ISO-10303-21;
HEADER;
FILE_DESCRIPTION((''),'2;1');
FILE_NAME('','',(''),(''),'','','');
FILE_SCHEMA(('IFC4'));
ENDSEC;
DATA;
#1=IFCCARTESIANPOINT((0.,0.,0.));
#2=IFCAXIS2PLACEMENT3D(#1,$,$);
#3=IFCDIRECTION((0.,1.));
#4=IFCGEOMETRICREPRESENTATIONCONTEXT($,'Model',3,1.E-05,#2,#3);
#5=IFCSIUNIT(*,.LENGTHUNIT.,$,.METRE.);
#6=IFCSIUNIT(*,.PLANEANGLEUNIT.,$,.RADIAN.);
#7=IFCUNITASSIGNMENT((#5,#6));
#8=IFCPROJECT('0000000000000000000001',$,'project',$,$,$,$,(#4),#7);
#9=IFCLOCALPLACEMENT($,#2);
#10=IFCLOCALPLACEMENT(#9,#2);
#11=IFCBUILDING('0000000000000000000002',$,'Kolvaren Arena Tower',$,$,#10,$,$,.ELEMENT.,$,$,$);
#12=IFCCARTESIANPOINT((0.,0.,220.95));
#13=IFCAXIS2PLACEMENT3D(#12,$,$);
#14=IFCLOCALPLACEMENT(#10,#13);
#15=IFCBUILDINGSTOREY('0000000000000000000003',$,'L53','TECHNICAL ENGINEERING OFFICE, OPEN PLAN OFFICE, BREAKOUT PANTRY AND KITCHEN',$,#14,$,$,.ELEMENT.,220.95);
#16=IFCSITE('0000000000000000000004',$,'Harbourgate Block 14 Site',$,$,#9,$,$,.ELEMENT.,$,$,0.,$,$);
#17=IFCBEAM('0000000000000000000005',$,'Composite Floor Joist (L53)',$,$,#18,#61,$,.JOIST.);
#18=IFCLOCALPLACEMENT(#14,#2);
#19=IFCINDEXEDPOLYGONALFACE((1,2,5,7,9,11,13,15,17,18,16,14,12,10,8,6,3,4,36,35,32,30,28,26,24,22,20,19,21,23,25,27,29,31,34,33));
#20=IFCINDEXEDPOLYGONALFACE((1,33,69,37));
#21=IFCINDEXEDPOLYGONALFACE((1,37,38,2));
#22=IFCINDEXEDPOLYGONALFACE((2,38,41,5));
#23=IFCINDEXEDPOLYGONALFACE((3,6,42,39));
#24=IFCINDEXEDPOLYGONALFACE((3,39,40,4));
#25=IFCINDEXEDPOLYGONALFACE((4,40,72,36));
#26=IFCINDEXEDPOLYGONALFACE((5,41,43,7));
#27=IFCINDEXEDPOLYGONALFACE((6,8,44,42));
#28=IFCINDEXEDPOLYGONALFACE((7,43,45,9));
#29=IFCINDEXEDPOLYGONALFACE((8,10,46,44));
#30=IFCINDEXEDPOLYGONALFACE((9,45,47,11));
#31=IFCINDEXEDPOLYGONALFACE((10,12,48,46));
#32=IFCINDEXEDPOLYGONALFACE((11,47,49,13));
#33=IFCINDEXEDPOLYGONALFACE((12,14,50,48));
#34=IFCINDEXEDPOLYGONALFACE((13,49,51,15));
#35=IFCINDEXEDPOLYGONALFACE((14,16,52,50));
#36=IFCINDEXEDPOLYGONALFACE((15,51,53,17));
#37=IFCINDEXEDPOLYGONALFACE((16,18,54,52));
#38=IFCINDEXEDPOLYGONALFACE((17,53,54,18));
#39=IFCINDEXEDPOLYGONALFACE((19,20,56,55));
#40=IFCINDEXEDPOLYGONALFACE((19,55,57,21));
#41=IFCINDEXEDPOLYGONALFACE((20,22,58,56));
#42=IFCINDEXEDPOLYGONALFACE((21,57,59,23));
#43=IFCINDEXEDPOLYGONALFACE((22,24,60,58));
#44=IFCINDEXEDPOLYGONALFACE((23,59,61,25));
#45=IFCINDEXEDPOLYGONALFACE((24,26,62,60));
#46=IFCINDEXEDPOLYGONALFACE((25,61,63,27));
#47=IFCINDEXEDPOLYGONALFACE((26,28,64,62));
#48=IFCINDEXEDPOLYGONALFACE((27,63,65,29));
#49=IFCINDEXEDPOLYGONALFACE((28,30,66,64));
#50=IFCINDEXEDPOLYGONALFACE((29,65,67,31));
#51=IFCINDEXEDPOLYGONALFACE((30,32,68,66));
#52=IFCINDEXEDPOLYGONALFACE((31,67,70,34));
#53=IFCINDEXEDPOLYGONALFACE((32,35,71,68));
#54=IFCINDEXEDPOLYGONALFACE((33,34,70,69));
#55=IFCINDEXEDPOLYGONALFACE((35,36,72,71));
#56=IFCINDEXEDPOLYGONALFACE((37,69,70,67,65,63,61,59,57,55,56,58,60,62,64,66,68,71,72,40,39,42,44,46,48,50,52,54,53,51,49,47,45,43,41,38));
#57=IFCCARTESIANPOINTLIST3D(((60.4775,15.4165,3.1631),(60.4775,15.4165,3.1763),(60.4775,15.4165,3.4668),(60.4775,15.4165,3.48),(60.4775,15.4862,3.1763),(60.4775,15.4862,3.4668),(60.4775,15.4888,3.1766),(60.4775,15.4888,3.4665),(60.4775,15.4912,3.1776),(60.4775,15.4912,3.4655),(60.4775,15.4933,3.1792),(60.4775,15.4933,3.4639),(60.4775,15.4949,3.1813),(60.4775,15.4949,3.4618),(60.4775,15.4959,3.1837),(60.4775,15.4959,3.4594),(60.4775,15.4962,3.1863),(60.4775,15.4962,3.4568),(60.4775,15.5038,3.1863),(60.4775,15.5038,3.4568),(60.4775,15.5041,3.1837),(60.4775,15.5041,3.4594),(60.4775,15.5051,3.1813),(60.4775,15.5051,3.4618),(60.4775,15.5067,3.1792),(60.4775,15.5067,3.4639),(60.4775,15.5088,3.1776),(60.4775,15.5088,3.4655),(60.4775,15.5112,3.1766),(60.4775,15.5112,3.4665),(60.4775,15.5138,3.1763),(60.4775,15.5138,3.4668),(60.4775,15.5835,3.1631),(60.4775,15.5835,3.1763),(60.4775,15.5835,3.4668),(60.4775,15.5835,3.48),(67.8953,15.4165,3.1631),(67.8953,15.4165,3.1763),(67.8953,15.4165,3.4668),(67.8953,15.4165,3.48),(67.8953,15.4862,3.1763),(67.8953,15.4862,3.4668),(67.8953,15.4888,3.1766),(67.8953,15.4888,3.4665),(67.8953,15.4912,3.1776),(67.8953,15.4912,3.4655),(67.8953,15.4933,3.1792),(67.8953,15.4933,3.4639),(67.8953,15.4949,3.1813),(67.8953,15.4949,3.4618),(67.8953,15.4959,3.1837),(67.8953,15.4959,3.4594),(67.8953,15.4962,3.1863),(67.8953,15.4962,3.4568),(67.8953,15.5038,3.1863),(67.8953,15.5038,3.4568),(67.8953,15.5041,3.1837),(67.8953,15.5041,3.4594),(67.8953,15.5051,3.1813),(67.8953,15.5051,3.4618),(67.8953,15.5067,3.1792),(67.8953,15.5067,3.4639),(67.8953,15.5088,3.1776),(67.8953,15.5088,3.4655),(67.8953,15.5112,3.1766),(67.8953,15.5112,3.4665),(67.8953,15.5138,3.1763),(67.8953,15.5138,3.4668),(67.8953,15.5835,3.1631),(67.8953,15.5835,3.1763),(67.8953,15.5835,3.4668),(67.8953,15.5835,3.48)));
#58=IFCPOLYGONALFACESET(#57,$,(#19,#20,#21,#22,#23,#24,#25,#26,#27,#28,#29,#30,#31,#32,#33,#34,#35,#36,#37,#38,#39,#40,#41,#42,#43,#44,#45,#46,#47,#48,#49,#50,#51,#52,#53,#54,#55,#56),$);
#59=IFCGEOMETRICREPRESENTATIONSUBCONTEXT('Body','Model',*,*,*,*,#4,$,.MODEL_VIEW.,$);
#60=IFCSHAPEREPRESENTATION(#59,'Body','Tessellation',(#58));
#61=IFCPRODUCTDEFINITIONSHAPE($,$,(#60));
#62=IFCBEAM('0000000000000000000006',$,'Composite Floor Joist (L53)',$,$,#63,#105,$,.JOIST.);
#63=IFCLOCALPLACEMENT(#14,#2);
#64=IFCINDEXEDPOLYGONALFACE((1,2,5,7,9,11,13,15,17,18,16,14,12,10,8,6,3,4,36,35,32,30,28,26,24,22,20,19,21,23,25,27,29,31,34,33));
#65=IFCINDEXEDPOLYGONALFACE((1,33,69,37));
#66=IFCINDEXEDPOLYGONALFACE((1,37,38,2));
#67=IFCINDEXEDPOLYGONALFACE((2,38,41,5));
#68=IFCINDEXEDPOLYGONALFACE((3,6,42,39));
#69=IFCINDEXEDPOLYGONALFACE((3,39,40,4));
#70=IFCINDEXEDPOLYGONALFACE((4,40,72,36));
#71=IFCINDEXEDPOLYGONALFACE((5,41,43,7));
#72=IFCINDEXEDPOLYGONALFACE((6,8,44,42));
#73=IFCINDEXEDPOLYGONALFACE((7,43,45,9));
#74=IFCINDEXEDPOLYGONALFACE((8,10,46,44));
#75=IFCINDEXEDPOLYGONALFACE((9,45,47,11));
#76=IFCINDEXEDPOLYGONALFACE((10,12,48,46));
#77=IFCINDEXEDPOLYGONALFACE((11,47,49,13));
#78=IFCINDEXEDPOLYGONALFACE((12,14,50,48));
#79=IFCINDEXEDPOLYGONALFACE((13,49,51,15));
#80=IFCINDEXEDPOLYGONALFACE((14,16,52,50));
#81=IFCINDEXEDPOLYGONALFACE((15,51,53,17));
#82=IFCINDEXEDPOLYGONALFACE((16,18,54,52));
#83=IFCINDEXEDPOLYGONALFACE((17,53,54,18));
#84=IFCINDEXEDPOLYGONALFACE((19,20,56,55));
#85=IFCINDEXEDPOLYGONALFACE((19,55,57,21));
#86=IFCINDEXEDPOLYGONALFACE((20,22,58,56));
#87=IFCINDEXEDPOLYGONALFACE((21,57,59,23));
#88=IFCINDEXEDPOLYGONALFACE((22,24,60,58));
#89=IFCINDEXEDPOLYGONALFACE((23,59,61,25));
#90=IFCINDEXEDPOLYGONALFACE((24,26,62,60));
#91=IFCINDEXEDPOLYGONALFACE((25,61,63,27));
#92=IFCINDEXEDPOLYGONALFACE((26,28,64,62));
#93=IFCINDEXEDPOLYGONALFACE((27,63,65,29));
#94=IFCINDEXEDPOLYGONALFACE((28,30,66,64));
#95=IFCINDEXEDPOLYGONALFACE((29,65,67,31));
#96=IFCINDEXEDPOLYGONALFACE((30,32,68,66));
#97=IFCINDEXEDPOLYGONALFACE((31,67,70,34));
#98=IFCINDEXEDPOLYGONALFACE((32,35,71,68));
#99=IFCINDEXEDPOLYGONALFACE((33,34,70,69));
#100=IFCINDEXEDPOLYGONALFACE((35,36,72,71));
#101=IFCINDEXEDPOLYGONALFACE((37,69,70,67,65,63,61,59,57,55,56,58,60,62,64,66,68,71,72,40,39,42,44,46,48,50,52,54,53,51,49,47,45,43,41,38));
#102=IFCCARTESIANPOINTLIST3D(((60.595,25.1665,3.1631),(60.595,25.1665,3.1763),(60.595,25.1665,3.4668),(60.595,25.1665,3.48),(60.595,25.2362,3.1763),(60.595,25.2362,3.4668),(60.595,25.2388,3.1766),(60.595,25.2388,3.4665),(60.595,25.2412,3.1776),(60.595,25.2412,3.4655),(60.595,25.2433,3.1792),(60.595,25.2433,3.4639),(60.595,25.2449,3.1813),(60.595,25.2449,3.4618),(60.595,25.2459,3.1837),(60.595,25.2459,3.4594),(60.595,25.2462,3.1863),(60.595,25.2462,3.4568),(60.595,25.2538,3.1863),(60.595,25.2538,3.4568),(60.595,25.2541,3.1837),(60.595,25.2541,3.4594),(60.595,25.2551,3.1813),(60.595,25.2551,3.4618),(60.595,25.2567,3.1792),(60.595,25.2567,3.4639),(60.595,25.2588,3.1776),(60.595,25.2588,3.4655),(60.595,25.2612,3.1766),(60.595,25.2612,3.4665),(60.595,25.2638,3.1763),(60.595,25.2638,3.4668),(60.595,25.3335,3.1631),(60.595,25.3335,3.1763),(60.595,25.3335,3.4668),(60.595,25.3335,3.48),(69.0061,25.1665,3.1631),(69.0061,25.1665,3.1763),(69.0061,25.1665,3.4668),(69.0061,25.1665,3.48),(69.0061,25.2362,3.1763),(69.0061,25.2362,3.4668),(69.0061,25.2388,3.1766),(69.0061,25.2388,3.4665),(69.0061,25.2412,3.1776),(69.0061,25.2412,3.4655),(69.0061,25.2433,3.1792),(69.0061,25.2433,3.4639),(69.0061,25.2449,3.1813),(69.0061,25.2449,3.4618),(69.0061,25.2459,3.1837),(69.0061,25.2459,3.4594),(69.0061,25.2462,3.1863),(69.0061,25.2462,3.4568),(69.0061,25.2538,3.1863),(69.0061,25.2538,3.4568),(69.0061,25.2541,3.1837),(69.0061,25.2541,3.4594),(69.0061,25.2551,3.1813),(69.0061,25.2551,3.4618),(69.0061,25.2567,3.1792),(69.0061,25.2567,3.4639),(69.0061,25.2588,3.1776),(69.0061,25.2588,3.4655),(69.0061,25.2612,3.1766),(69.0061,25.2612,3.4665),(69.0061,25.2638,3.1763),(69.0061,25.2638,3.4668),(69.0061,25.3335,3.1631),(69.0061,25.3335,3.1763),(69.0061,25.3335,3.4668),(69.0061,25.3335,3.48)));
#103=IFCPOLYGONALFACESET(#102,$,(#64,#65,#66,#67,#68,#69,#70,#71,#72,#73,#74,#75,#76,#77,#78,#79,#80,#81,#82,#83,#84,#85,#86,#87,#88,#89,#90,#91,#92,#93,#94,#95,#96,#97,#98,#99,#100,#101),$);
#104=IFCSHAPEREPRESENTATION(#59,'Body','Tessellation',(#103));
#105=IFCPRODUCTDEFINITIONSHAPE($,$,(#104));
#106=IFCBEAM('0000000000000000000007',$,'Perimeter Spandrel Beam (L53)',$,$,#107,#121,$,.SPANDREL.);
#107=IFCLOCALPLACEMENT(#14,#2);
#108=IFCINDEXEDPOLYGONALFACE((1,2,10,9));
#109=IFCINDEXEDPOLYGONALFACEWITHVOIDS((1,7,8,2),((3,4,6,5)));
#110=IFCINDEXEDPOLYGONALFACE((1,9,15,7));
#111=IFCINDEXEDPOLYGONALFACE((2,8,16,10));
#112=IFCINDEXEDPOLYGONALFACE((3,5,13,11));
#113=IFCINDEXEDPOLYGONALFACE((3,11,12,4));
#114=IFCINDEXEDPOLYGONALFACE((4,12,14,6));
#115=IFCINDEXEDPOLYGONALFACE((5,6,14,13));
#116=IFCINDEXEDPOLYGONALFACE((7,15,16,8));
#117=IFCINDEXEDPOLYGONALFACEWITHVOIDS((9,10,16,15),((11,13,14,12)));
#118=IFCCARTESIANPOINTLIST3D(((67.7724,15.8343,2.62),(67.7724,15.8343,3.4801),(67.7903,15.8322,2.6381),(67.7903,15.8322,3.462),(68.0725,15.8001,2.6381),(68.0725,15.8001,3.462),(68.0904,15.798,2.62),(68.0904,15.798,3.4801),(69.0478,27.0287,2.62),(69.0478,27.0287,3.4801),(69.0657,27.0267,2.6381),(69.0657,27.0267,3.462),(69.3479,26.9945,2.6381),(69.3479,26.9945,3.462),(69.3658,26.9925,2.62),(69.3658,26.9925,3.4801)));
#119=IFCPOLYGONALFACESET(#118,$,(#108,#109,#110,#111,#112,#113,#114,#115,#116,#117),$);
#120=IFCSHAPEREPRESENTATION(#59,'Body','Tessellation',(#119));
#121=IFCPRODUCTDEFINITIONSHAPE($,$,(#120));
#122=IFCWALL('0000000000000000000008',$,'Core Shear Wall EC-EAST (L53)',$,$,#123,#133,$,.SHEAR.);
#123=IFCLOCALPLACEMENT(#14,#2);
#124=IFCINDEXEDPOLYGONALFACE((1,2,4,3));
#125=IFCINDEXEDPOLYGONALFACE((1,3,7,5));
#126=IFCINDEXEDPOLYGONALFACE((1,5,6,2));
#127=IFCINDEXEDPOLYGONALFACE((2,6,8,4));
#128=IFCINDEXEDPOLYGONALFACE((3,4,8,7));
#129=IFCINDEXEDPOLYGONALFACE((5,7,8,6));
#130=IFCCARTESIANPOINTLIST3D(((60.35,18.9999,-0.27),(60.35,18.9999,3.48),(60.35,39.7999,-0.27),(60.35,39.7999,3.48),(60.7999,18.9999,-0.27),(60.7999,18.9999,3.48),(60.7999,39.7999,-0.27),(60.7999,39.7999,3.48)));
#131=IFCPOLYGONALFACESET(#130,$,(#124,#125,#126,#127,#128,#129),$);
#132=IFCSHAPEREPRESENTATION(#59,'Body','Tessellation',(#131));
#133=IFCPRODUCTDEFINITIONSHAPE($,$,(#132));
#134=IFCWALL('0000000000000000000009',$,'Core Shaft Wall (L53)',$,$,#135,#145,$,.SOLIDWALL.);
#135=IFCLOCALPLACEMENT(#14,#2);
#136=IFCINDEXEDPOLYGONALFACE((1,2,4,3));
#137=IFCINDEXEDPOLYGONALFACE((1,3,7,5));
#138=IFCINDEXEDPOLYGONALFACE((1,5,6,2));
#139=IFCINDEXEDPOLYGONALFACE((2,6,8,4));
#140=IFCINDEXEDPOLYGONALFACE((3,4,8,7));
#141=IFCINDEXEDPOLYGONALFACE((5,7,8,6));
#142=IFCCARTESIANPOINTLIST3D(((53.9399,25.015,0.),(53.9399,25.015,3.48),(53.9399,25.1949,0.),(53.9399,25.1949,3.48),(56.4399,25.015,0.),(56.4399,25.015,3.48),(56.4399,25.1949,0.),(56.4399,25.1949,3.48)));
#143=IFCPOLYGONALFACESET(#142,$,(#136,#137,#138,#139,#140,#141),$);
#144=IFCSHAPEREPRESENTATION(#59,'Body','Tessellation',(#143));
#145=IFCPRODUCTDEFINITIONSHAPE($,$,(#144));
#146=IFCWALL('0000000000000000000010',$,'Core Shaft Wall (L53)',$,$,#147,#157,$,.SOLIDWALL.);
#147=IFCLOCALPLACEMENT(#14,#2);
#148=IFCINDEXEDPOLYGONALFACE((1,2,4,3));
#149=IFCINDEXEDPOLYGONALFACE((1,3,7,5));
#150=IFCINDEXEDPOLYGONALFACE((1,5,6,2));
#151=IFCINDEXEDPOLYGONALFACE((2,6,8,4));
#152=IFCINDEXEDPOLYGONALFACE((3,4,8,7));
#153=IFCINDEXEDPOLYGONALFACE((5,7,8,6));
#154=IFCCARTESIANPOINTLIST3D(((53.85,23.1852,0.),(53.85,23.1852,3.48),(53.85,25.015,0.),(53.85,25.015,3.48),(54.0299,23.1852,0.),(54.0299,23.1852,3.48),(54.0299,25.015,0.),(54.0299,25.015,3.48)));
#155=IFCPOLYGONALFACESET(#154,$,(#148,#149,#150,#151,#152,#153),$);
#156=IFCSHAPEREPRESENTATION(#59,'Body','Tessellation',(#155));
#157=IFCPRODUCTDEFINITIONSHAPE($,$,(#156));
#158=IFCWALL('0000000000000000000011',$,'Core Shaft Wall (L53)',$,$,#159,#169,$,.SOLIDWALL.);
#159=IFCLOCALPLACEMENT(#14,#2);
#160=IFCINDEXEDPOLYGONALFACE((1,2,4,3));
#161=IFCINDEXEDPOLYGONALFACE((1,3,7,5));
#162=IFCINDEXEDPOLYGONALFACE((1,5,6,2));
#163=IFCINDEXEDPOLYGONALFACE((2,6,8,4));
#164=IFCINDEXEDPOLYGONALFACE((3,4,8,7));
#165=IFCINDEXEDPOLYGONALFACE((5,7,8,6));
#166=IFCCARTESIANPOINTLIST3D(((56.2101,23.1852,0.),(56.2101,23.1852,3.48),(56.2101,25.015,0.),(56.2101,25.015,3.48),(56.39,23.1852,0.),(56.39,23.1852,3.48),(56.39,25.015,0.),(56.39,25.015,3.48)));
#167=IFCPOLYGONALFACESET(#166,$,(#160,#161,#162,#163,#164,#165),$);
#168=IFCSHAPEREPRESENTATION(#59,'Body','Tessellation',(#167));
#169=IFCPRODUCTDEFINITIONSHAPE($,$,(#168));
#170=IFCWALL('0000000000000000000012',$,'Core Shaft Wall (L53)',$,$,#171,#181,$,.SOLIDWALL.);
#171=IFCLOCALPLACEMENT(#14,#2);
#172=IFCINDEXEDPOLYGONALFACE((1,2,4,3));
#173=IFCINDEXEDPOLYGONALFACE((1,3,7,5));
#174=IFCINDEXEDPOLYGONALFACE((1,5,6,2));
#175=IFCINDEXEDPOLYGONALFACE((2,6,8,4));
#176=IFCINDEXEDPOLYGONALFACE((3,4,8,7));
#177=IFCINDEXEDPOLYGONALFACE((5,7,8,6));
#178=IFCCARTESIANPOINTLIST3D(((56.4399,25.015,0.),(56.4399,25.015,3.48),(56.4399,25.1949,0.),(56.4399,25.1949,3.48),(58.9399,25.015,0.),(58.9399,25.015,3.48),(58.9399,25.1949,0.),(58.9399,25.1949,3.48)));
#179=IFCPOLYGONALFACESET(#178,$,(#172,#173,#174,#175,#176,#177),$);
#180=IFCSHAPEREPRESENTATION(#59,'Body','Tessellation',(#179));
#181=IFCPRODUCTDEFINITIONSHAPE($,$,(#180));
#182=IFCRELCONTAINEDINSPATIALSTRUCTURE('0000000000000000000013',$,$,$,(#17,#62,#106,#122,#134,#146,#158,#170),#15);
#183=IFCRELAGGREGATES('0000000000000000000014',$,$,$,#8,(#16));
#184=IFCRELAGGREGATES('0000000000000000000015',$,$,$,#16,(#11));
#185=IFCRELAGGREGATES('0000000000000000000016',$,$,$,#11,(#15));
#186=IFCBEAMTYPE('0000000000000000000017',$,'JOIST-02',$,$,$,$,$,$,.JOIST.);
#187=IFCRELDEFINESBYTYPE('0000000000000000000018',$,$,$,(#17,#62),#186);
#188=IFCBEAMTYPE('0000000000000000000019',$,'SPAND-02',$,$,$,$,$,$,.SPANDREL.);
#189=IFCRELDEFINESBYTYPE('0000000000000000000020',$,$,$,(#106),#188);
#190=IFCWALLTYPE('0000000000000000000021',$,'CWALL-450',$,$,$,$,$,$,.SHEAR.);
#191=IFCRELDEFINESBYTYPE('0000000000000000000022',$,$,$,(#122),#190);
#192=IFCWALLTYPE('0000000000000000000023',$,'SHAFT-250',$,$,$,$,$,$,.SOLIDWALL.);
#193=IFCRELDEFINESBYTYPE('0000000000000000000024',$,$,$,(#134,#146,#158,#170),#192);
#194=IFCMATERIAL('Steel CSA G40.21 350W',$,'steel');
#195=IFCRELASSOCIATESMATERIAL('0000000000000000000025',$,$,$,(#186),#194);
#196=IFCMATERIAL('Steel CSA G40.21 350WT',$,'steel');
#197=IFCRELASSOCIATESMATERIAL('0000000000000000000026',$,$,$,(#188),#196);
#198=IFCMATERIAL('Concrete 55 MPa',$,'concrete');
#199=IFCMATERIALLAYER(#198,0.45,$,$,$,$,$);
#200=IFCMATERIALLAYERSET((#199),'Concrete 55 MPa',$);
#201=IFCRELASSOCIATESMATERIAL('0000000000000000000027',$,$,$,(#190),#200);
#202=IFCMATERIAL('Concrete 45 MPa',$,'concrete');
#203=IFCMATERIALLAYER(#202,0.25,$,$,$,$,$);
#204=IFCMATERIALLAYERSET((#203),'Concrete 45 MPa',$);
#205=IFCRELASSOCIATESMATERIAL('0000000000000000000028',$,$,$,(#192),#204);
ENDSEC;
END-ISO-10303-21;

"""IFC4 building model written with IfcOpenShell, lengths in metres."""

from ifc_helpers import new_model, si_unit, direction, frame, frame_2d, origin, origin_2d, place, context, subcontext, project, spatial, rectangle, hollow_rectangle, i_section, extrude, material, layer, layer_set, material_profile, profile_set, type_object, element, save


model = new_model("IFC4")

# Units and contexts
model_context = context("Model", 3, precision=1e-05, world=origin(), true_north=direction((0.0, 1.0)))
body_context = subcontext(model_context, "Body", "Model", "MODEL_VIEW")
ifc_project = project(units=[si_unit("LENGTHUNIT", "METRE"), si_unit("PLANEANGLEUNIT", "RADIAN")], contexts=[model_context])

# Site, building, storey
site_placement = place(None, origin())
site = spatial("IfcSite", under=ifc_project, at=site_placement, Name="Harbourgate Block 14 Site", CompositionType="ELEMENT", RefElevation=0.0)
building_placement = place(site_placement, origin())
building = spatial("IfcBuilding", under=site, at=building_placement, Name="Kolvaren Arena Tower", CompositionType="ELEMENT")
storey_placement = place(building_placement, frame((0.0, 0.0, 220.95)))
storey = spatial("IfcBuildingStorey", under=building, at=storey_placement, Name="L53", Description="TECHNICAL ENGINEERING OFFICE, OPEN PLAN OFFICE, BREAKOUT PANTRY AND KITCHEN", CompositionType="ELEMENT", Elevation=220.95)

# Beams
ifc_material_1 = material(Name="Steel CSA G40.21 350W", Category="steel")
ifc_material_profile_1 = material_profile(ifc_material_1, i_section(OverallWidth=0.167, OverallDepth=0.3169, WebThickness=0.0076, FlangeThickness=0.0132, FilletRadius=0.01, at=origin_2d()), Name="W310x52")
ifc_profile_set_1 = profile_set([ifc_material_profile_1], Name="Steel CSA G40.21 350W")
beam_type_1 = type_object("IfcBeamType", Name="JOIST-02", PredefinedType="JOIST", material=ifc_profile_set_1)
beam_1_placement = place(storey_placement, frame((60.4775, 15.5, 3.3215), z_axis=(1.0, 0.0, 0.0), x_axis=(0.0, 1.0, 0.0)))
element("IfcBeam", 1, at=beam_1_placement, inside=storey, type_object=beam_type_1, Name="Composite Floor Joist (L53)", PredefinedType="JOIST", context=body_context, shape_type="SweptSolid", body=[
    extrude(i_section(OverallWidth=0.167, OverallDepth=0.3169, WebThickness=0.0076, FlangeThickness=0.0132, FilletRadius=0.01, at=origin_2d()), origin(), (0.0, 0.0, 1.0), 7.4177),
])
beam_2_placement = place(storey_placement, frame((60.595, 25.25, 3.3215), z_axis=(1.0, 0.0, 0.0), x_axis=(0.0, 1.0, 0.0)))
element("IfcBeam", 2, at=beam_2_placement, inside=storey, type_object=beam_type_1, Name="Composite Floor Joist (L53)", PredefinedType="JOIST", context=body_context, shape_type="SweptSolid", body=[
    extrude(i_section(OverallWidth=0.167, OverallDepth=0.3169, WebThickness=0.0076, FlangeThickness=0.0132, FilletRadius=0.01, at=origin_2d()), origin(), (0.0, 0.0, 1.0), 8.4111),
])
ifc_material_2 = material(Name="Steel CSA G40.21 350WT", Category="steel")
ifc_material_profile_2 = material_profile(ifc_material_2, hollow_rectangle(XDim=0.3201, YDim=0.8601, WallThickness=0.0181, at=origin_2d()), Name="HSS 860x320x18")
ifc_profile_set_2 = profile_set([ifc_material_profile_2], Name="Steel CSA G40.21 350WT")
beam_type_2 = type_object("IfcBeamType", Name="SPAND-02", PredefinedType="SPANDREL", material=ifc_profile_set_2)
beam_3_placement = place(storey_placement, frame((67.9314, 15.8162, 3.05), z_axis=(0.113199, 0.993572, 0.0), x_axis=(-0.993572, 0.113199, 0.0)))
element("IfcBeam", 3, at=beam_3_placement, inside=storey, type_object=beam_type_2, Name="Perimeter Spandrel Beam (L53)", PredefinedType="SPANDREL", context=body_context, shape_type="SweptSolid", body=[
    extrude(hollow_rectangle(XDim=0.3201, YDim=0.8601, WallThickness=0.0181, at=origin_2d()), origin(), (0.0, 0.0, 1.0), 11.2668),
])

# Walls
ifc_material_3 = material(Name="Concrete 55 MPa", Category="concrete")
ifc_layer_1 = layer(ifc_material_3, 0.45)
ifc_layer_set_1 = layer_set([ifc_layer_1], Name="Concrete 55 MPa")
wall_type_1 = type_object("IfcWallType", Name="CWALL-450", PredefinedType="SHEAR", material=ifc_layer_set_1)
wall_1_placement = place(storey_placement, frame((60.575, 19.0, -0.27), z_axis=(0.0, 0.0, 1.0), x_axis=(0.0, 1.0, 0.0)))
element("IfcWall", 4, at=wall_1_placement, inside=storey, type_object=wall_type_1, Name="Core Shear Wall EC-EAST (L53)", PredefinedType="SHEAR", context=body_context, shape_type="SweptSolid", body=[
    extrude(rectangle(XDim=20.8, YDim=0.45, at=frame_2d((10.3999, 0.0))), origin(), (0.0, 0.0, 1.0), 3.75),
])
ifc_material_4 = material(Name="Concrete 45 MPa", Category="concrete")
ifc_layer_2 = layer(ifc_material_4, 0.25)
ifc_layer_set_2 = layer_set([ifc_layer_2], Name="Concrete 45 MPa")
wall_type_2 = type_object("IfcWallType", Name="SHAFT-250", PredefinedType="SOLIDWALL", material=ifc_layer_set_2)
wall_2_placement = place(storey_placement, frame((53.9399, 25.105, 0.0), z_axis=(0.0, 0.0, 1.0), x_axis=(1.0, 0.0, 0.0)))
element("IfcWall", 5, at=wall_2_placement, inside=storey, type_object=wall_type_2, Name="Core Shaft Wall (L53)", PredefinedType="SOLIDWALL", context=body_context, shape_type="SweptSolid", body=[
    extrude(rectangle(XDim=2.5, YDim=0.1799, at=frame_2d((1.25, 0.0))), origin(), (0.0, 0.0, 1.0), 3.48),
])
for number, where, z_axis, x_axis, name in (
    (6, (53.9399, 23.1851, 0.0), (0.0, 0.0, 1.0), (0.0, 1.0, 0.0), "Core Shaft Wall (L53)"),
    (7, (56.3, 23.1851, 0.0), (0.0, 0.0, 1.0), (0.0, 1.0, 0.0), "Core Shaft Wall (L53)"),
):
    element("IfcWall", number, at=place(storey_placement, frame(where, z_axis=z_axis, x_axis=x_axis)), inside=storey, type_object=wall_type_2, Name=name, PredefinedType="SOLIDWALL", context=body_context, shape_type="SweptSolid", body=[
        extrude(rectangle(XDim=1.8298, YDim=0.1799, at=frame_2d((0.915, 0.0))), origin(), (0.0, 0.0, 1.0), 3.48),
    ])
wall_3_placement = place(storey_placement, frame((56.4399, 25.105, 0.0), z_axis=(0.0, 0.0, 1.0), x_axis=(1.0, 0.0, 0.0)))
element("IfcWall", 8, at=wall_3_placement, inside=storey, type_object=wall_type_2, Name="Core Shaft Wall (L53)", PredefinedType="SOLIDWALL", context=body_context, shape_type="SweptSolid", body=[
    extrude(rectangle(XDim=2.5, YDim=0.1799, at=frame_2d((1.25, 0.0))), origin(), (0.0, 0.0, 1.0), 3.48),
])

save(model, "model.ifc")
